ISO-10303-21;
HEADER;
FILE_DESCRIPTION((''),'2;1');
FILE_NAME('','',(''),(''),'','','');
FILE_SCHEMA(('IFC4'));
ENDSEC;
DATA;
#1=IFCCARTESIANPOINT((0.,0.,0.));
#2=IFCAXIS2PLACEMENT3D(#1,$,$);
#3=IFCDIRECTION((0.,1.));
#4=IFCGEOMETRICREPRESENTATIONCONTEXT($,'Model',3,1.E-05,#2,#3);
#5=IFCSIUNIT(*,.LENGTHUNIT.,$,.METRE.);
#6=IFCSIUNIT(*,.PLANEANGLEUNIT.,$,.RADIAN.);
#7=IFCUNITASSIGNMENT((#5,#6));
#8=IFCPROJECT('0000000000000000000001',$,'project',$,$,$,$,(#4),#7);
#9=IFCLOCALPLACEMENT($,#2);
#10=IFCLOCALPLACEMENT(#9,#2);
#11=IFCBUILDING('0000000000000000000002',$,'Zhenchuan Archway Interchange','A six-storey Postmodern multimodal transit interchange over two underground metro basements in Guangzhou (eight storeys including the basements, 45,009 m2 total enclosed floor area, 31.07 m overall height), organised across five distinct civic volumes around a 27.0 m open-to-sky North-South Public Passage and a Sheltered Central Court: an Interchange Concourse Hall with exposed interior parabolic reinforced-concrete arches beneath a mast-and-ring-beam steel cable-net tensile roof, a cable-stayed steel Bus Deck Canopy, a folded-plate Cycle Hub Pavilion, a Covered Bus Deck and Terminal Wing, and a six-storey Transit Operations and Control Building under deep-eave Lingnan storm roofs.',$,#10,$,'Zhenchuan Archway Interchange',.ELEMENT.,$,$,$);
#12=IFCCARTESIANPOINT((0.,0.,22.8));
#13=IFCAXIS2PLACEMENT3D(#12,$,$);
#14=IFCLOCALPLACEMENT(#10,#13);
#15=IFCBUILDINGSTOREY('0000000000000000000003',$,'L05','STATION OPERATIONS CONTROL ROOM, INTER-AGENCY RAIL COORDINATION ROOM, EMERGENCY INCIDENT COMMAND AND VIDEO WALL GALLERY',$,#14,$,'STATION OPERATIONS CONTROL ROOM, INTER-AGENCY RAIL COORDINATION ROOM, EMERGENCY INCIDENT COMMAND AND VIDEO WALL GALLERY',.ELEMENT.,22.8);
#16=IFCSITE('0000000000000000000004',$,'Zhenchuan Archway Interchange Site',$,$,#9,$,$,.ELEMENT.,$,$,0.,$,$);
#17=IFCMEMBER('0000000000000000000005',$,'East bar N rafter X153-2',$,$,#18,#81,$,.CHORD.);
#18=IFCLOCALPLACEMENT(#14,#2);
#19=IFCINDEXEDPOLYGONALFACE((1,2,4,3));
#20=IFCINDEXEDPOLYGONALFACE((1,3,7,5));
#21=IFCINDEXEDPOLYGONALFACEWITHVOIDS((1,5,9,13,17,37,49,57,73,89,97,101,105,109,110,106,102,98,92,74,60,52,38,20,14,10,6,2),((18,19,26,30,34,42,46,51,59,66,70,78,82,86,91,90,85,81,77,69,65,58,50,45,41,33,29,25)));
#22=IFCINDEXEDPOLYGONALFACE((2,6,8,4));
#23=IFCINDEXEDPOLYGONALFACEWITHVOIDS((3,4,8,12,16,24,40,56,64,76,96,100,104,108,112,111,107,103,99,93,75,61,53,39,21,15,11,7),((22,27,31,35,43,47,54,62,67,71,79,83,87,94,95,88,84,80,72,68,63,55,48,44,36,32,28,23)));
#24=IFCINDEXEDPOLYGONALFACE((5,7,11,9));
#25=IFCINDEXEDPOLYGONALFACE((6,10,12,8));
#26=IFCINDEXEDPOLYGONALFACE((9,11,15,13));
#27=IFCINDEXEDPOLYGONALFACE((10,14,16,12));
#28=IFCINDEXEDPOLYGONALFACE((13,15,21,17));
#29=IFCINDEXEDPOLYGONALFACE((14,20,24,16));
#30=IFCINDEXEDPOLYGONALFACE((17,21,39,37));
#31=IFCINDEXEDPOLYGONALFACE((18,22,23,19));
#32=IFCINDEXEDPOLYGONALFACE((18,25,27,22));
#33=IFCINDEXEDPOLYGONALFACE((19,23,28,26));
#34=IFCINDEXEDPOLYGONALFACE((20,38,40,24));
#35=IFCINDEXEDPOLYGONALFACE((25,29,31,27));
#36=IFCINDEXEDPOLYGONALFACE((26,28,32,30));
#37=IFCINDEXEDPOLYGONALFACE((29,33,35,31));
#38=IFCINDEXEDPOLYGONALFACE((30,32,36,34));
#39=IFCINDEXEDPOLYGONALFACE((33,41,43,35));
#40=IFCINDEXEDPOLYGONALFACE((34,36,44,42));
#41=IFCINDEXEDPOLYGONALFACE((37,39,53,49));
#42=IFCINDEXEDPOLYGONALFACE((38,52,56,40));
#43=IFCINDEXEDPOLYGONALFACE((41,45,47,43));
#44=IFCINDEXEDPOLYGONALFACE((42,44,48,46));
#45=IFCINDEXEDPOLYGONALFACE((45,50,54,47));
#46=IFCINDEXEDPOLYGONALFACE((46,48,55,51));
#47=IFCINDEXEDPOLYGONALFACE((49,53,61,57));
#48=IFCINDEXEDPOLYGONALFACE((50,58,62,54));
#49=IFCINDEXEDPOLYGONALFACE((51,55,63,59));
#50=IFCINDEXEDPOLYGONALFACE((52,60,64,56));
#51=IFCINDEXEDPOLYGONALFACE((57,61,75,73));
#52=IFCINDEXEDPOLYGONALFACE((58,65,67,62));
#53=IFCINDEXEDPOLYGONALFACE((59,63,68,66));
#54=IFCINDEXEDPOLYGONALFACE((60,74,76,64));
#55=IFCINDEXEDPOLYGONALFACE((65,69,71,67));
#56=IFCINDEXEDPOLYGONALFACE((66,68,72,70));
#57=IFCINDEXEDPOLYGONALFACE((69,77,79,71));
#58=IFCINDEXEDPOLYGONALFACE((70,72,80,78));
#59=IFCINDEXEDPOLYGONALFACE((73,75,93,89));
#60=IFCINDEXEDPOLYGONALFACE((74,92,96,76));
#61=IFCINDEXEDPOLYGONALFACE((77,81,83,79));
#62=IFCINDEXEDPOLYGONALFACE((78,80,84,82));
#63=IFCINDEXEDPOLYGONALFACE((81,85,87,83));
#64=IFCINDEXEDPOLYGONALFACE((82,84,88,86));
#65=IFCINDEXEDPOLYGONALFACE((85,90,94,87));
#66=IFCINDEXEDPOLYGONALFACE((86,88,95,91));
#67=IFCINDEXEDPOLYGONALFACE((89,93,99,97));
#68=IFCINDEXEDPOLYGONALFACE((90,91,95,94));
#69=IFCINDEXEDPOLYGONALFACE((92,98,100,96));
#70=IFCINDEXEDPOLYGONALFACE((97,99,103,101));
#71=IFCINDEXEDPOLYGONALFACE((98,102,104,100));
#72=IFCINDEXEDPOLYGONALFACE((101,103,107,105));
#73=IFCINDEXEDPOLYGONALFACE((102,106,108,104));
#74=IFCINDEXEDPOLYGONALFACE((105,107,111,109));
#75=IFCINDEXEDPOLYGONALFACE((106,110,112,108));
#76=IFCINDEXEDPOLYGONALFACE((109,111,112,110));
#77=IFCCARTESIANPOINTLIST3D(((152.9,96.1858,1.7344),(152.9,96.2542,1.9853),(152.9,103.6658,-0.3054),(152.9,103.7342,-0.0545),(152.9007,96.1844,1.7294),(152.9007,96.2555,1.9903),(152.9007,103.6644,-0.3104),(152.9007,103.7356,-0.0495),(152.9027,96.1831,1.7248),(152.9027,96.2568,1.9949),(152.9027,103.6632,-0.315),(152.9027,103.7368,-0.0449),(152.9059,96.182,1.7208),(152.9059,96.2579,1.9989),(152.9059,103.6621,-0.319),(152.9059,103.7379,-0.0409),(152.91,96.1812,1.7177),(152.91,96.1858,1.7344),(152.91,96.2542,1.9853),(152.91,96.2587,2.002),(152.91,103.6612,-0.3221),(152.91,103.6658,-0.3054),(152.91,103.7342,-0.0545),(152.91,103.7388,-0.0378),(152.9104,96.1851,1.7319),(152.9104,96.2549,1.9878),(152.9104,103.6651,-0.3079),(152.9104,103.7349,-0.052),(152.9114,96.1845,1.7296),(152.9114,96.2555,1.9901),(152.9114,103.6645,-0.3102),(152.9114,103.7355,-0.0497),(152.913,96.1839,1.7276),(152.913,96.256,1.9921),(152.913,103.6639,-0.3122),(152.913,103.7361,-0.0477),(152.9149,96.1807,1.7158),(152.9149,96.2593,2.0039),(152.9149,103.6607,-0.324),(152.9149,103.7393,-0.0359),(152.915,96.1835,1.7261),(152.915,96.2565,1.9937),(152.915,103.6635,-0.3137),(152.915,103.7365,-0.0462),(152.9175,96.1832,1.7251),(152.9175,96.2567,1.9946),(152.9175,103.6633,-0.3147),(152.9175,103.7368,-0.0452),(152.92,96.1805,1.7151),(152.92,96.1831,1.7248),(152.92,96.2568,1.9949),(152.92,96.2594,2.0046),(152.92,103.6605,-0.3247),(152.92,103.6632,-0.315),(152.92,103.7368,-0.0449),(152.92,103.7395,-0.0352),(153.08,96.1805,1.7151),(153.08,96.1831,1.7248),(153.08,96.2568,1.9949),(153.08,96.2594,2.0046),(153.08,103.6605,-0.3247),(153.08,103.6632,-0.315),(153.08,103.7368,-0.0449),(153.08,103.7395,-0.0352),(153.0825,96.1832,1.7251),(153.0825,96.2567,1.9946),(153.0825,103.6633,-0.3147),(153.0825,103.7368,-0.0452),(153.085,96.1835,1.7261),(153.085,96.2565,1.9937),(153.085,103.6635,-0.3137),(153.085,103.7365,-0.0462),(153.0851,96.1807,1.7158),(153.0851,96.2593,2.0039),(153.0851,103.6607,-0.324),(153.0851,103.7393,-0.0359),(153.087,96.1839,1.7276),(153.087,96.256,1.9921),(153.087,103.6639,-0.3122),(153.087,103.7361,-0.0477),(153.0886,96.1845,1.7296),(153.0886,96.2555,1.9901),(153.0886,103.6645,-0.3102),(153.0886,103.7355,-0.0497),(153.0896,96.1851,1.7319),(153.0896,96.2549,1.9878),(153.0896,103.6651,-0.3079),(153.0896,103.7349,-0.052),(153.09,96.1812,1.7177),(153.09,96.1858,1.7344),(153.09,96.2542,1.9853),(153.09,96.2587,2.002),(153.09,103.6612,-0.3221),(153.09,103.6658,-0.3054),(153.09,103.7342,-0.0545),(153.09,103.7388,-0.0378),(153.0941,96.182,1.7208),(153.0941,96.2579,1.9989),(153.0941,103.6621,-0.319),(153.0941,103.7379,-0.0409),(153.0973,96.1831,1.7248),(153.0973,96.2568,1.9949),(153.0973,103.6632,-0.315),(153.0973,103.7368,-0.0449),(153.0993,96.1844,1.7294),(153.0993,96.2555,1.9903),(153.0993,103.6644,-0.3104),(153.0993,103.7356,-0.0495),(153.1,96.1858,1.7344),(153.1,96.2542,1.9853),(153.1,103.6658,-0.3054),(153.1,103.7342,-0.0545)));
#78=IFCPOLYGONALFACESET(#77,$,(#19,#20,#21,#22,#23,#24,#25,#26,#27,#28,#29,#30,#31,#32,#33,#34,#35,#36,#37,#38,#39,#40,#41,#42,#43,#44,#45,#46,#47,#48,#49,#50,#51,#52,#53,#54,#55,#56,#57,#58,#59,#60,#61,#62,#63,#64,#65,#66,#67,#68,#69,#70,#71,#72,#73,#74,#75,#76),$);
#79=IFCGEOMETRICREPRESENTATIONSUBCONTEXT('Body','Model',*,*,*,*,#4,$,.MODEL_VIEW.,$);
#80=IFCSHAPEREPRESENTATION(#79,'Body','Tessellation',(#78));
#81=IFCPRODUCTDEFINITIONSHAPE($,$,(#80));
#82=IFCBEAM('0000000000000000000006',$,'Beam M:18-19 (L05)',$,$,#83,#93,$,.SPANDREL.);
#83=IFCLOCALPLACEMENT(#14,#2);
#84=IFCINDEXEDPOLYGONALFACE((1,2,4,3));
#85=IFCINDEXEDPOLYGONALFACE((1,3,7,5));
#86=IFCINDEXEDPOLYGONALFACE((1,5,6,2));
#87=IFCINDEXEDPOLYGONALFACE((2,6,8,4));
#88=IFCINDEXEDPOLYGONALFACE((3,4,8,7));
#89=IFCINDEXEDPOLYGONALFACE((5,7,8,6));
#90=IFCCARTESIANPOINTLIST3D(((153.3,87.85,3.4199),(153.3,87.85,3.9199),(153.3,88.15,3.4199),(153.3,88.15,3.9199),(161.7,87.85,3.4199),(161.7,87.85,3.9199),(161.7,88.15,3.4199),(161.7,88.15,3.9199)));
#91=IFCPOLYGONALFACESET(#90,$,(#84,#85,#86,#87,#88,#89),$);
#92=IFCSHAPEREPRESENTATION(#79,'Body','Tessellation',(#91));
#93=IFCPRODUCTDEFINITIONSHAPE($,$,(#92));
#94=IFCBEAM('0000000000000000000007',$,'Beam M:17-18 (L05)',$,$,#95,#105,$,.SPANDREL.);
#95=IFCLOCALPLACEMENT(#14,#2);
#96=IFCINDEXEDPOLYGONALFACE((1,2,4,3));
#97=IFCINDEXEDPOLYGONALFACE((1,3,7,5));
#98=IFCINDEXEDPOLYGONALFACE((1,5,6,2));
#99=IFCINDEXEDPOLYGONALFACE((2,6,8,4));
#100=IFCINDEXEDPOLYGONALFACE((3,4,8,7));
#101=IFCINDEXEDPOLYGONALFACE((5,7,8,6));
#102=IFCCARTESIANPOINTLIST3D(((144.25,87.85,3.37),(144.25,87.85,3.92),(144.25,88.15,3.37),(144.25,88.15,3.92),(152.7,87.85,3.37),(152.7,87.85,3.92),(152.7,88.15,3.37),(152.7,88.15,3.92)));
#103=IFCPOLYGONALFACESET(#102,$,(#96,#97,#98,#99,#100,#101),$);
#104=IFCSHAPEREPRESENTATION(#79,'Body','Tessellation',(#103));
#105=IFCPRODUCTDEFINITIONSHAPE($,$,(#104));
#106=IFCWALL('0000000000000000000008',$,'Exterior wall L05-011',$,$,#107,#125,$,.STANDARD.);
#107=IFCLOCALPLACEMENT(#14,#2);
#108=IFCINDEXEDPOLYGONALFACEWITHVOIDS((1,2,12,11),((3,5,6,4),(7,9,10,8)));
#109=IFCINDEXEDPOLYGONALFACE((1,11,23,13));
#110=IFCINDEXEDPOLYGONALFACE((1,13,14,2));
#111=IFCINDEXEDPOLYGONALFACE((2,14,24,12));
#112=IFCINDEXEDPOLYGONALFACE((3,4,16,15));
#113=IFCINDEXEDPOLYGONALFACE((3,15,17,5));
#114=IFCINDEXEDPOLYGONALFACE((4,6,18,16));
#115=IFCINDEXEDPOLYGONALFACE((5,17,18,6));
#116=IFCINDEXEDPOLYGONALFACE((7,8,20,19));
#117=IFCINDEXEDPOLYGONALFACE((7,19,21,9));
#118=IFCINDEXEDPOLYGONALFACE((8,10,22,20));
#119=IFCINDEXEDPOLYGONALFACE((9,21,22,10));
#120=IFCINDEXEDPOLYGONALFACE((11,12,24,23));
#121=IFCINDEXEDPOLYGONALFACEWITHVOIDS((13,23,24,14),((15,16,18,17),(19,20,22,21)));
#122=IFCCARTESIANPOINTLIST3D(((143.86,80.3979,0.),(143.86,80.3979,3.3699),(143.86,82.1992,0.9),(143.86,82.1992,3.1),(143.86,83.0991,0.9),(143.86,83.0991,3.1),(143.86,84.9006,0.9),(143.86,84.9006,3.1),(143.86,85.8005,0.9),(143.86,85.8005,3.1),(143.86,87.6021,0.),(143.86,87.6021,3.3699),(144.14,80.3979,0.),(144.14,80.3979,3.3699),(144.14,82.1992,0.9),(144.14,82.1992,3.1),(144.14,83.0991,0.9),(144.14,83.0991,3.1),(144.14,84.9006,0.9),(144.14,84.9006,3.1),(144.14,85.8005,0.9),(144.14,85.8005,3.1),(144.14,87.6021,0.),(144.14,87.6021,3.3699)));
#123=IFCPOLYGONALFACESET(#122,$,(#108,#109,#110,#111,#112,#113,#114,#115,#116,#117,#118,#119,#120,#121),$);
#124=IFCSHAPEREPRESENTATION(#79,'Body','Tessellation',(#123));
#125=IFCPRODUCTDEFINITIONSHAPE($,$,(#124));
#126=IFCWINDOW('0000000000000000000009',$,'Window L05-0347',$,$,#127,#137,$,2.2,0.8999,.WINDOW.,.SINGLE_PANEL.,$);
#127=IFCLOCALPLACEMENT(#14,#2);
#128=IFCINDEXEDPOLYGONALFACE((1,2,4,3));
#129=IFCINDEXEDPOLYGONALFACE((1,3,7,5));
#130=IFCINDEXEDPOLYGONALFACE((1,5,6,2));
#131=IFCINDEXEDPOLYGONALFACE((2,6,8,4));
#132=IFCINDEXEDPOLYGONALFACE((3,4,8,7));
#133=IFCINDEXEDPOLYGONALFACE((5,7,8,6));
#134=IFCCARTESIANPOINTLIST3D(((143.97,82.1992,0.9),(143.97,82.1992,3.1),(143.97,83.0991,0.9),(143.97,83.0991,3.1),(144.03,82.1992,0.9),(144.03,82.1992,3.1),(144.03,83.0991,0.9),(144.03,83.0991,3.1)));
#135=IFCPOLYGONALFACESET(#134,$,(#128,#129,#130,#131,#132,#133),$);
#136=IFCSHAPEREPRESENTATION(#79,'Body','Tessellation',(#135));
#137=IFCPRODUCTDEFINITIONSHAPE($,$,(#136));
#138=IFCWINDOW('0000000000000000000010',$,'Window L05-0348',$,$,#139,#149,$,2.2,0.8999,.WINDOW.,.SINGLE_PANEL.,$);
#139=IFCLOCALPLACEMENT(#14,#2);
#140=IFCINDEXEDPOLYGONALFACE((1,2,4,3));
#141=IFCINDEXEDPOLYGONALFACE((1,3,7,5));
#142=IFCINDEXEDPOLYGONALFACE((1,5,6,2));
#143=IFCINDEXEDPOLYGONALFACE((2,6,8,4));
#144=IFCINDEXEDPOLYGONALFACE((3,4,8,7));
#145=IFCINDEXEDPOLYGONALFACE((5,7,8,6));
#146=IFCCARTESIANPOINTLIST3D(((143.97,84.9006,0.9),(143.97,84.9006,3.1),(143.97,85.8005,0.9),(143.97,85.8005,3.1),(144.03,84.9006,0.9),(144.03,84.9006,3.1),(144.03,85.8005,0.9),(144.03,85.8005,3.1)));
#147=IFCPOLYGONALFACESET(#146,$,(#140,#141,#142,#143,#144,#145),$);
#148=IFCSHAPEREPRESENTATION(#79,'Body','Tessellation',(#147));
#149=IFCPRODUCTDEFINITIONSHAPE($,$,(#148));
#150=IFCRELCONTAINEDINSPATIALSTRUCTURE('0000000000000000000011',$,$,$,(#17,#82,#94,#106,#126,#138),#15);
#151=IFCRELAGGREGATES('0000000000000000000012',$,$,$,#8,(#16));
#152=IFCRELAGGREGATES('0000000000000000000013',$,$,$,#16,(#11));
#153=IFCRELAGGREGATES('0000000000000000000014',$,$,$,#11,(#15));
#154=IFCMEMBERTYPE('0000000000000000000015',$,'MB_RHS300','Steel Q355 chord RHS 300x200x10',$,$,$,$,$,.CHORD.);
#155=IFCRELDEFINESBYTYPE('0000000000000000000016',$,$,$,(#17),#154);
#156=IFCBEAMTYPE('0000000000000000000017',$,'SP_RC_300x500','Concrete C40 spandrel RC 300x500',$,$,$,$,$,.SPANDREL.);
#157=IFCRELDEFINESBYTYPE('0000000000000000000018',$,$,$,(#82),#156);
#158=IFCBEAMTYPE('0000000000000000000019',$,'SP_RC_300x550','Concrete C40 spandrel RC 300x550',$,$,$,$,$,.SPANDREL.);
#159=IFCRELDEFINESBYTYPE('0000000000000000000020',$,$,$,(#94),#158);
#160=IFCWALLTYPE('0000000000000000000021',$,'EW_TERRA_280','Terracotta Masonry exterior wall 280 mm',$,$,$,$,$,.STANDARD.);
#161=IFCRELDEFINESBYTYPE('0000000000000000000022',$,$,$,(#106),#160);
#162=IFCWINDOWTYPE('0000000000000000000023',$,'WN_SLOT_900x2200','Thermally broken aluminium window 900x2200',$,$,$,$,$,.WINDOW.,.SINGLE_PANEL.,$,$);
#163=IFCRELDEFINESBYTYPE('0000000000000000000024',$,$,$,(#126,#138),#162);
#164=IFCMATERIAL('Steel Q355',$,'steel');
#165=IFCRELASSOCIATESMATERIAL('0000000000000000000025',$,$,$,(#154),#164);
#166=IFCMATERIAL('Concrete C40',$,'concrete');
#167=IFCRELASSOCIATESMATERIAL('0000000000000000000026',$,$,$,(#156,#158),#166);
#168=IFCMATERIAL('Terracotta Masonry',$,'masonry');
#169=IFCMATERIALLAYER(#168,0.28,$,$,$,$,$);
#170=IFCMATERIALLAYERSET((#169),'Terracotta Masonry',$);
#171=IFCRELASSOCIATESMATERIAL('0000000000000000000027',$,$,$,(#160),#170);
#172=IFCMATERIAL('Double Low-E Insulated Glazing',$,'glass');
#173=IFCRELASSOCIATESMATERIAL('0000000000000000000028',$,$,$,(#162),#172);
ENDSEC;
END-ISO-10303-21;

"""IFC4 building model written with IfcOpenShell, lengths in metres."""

from ifc_helpers import new_model, si_unit, direction, frame, frame_2d, origin, origin_2d, place, context, subcontext, project, spatial, rectangle, hollow_rectangle, extrude, material, layer, layer_set, material_profile, profile_set, type_object, element, fill, save


model = new_model("IFC4")

# Units and contexts
model_context = context("Model", 3, precision=1e-05, world=origin(), true_north=direction((0.0, 1.0)))
body_context = subcontext(model_context, "Body", "Model", "MODEL_VIEW")
ifc_project = project(units=[si_unit("LENGTHUNIT", "METRE"), si_unit("PLANEANGLEUNIT", "RADIAN")], contexts=[model_context])

# Site, building, storey
site_placement = place(None, origin())
site = spatial("IfcSite", under=ifc_project, at=site_placement, Name="Zhenchuan Archway Interchange Site", CompositionType="ELEMENT", RefElevation=0.0)
building_placement = place(site_placement, origin())
building = spatial("IfcBuilding", under=site, at=building_placement, Name="Zhenchuan Archway Interchange", Description="A six-storey Postmodern multimodal transit interchange over two underground metro basements in Guangzhou (eight storeys including the basements, 45,009 m2 total enclosed floor area, 31.07 m overall height), organised across five distinct civic volumes around a 27.0 m open-to-sky North-South Public Passage and a Sheltered Central Court: an Interchange Concourse Hall with exposed interior parabolic reinforced-concrete arches beneath a mast-and-ring-beam steel cable-net tensile roof, a cable-stayed steel Bus Deck Canopy, a folded-plate Cycle Hub Pavilion, a Covered Bus Deck and Terminal Wing, and a six-storey Transit Operations and Control Building under deep-eave Lingnan storm roofs.", LongName="Zhenchuan Archway Interchange", CompositionType="ELEMENT")
storey_placement = place(building_placement, frame((0.0, 0.0, 22.8)))
storey = spatial("IfcBuildingStorey", under=building, at=storey_placement, Name="L05", Description="STATION OPERATIONS CONTROL ROOM, INTER-AGENCY RAIL COORDINATION ROOM, EMERGENCY INCIDENT COMMAND AND VIDEO WALL GALLERY", LongName="STATION OPERATIONS CONTROL ROOM, INTER-AGENCY RAIL COORDINATION ROOM, EMERGENCY INCIDENT COMMAND AND VIDEO WALL GALLERY", CompositionType="ELEMENT", Elevation=22.8)

# Shared definitions
ifc_material_1 = material(Name="Concrete C40", Category="concrete")
ifc_material_2 = material(Name="Steel Q355", Category="steel")

# Member
ifc_material_profile_1 = material_profile(ifc_material_2, hollow_rectangle(XDim=0.2, YDim=0.3, WallThickness=0.01, InnerFilletRadius=0.01, OuterFilletRadius=0.02, at=origin_2d()), Name="RHS 300x200x10")
ifc_profile_set_1 = profile_set([ifc_material_profile_1], Name="Steel Q355")
member_type_1 = type_object("IfcMemberType", Name="MB_RHS300", Description="Steel Q355 chord RHS 300x200x10", PredefinedType="CHORD", material=ifc_profile_set_1)
for number, where, z_axis, x_axis, name in (
    (1, (153.0, 96.22, 1.8599), (0.0, 0.96477, -0.263093), (-1.0, 0.0, 0.0), "East bar N rafter X153-2"),
):
    element("IfcMember", number, at=place(storey_placement, frame(where, z_axis=z_axis, x_axis=x_axis)), inside=storey, type_object=member_type_1, Name=name, PredefinedType="CHORD", context=body_context, shape_type="SweptSolid", body=[
        extrude(hollow_rectangle(XDim=0.2, YDim=0.3, WallThickness=0.01, InnerFilletRadius=0.01, OuterFilletRadius=0.02, at=origin_2d()), origin(), (0.0, 0.0, 1.0), 7.7532),
    ])

# Beams
ifc_material_profile_2 = material_profile(ifc_material_1, rectangle(XDim=0.3, YDim=0.5, at=origin_2d()), Name="RC 300x500")
ifc_profile_set_2 = profile_set([ifc_material_profile_2], Name="Concrete C40")
beam_type_1 = type_object("IfcBeamType", Name="SP_RC_300x500", Description="Concrete C40 spandrel RC 300x500", PredefinedType="SPANDREL", material=ifc_profile_set_2)
beam_1_placement = place(storey_placement, frame((153.3, 88.0, 3.6699), z_axis=(1.0, 0.0, 0.0), x_axis=(0.0, 1.0, 0.0)))
element("IfcBeam", 2, at=beam_1_placement, inside=storey, type_object=beam_type_1, Name="Beam M:18-19 (L05)", PredefinedType="SPANDREL", context=body_context, shape_type="SweptSolid", body=[
    extrude(rectangle(XDim=0.3, YDim=0.5, at=origin_2d()), origin(), (0.0, 0.0, 1.0), 8.3999),
])
ifc_material_profile_3 = material_profile(ifc_material_1, rectangle(XDim=0.3, YDim=0.55, at=origin_2d()), Name="RC 300x550")
ifc_profile_set_3 = profile_set([ifc_material_profile_3], Name="Concrete C40")
beam_type_2 = type_object("IfcBeamType", Name="SP_RC_300x550", Description="Concrete C40 spandrel RC 300x550", PredefinedType="SPANDREL", material=ifc_profile_set_3)
beam_2_placement = place(storey_placement, frame((144.25, 88.0, 3.645), z_axis=(1.0, 0.0, 0.0), x_axis=(0.0, 1.0, 0.0)))
element("IfcBeam", 3, at=beam_2_placement, inside=storey, type_object=beam_type_2, Name="Beam M:17-18 (L05)", PredefinedType="SPANDREL", context=body_context, shape_type="SweptSolid", body=[
    extrude(rectangle(XDim=0.3, YDim=0.55, at=origin_2d()), origin(), (0.0, 0.0, 1.0), 8.45),
])

# Wall, openings, windows
ifc_material_3 = material(Name="Terracotta Masonry", Category="masonry")
ifc_layer_1 = layer(ifc_material_3, 0.28)
ifc_layer_set_1 = layer_set([ifc_layer_1], Name="Terracotta Masonry")
wall_type_1 = type_object("IfcWallType", Name="EW_TERRA_280", Description="Terracotta Masonry exterior wall 280 mm", PredefinedType="STANDARD", material=ifc_layer_set_1)
wall_1_placement = place(storey_placement, frame((144.0, 80.3979, 0.0), z_axis=(0.0, 0.0, 1.0), x_axis=(0.0, 1.0, 0.0)))
wall_1 = element("IfcWall", 4, at=wall_1_placement, inside=storey, type_object=wall_type_1, Name="Exterior wall L05-011", PredefinedType="STANDARD", context=body_context, shape_type="SweptSolid", body=[
    extrude(rectangle(XDim=7.2041, YDim=0.28, at=frame_2d((3.6021, 0.0))), origin(), (0.0, 0.0, 1.0), 3.3699),
])
opening_1_placement = place(wall_1_placement, frame((1.8013, 0.0, 0.8999)))
opening_1 = element("IfcOpeningElement", 5, at=opening_1_placement, cuts=wall_1, PredefinedType="OPENING", context=body_context, shape_type="SweptSolid", body=[
    extrude(rectangle(XDim=0.8999, YDim=2.2, at=frame_2d((0.45, 1.1001))), frame((0.0, 0.1519, 0.0), z_axis=(0.0, -1.0, 0.0), x_axis=(1.0, 0.0, 0.0)), (0.0, 0.0, 1.0), 0.304),
])
opening_2_placement = place(wall_1_placement, frame((4.5027, 0.0, 0.8999)))
opening_2 = element("IfcOpeningElement", 6, at=opening_2_placement, cuts=wall_1, PredefinedType="OPENING", context=body_context, shape_type="SweptSolid", body=[
    extrude(rectangle(XDim=0.8999, YDim=2.2, at=frame_2d((0.45, 1.1001))), frame((0.0, 0.1519, 0.0), z_axis=(0.0, -1.0, 0.0), x_axis=(1.0, 0.0, 0.0)), (0.0, 0.0, 1.0), 0.304),
])
ifc_material_4 = material(Name="Double Low-E Insulated Glazing", Category="glass")
window_type_1 = type_object("IfcWindowType", Name="WN_SLOT_900x2200", Description="Thermally broken aluminium window 900x2200", PartitioningType="SINGLE_PANEL", PredefinedType="WINDOW", material=ifc_material_4)
window_1_placement = place(opening_1_placement, origin())
window_1 = element("IfcWindow", 7, at=window_1_placement, inside=storey, type_object=window_type_1, Name="Window L05-0347", OverallHeight=2.2, OverallWidth=0.8999, PartitioningType="SINGLE_PANEL", PredefinedType="WINDOW", context=body_context, shape_type="SweptSolid", body=[
    extrude(rectangle(XDim=0.8999, YDim=2.2, at=frame_2d((0.45, 1.1001))), frame((0.0, 0.03, 0.0), z_axis=(0.0, -1.0, 0.0), x_axis=(1.0, 0.0, 0.0)), (0.0, 0.0, 1.0), 0.0601),
])
fill(opening_1, window_1)
window_2_placement = place(opening_2_placement, origin())
window_2 = element("IfcWindow", 8, at=window_2_placement, inside=storey, type_object=window_type_1, Name="Window L05-0348", OverallHeight=2.2, OverallWidth=0.8999, PartitioningType="SINGLE_PANEL", PredefinedType="WINDOW", context=body_context, shape_type="SweptSolid", body=[
    extrude(rectangle(XDim=0.8999, YDim=2.2, at=frame_2d((0.45, 1.1001))), frame((0.0, 0.03, 0.0), z_axis=(0.0, -1.0, 0.0), x_axis=(1.0, 0.0, 0.0)), (0.0, 0.0, 1.0), 0.0601),
])
fill(opening_2, window_2)

save(model, "model.ifc")
